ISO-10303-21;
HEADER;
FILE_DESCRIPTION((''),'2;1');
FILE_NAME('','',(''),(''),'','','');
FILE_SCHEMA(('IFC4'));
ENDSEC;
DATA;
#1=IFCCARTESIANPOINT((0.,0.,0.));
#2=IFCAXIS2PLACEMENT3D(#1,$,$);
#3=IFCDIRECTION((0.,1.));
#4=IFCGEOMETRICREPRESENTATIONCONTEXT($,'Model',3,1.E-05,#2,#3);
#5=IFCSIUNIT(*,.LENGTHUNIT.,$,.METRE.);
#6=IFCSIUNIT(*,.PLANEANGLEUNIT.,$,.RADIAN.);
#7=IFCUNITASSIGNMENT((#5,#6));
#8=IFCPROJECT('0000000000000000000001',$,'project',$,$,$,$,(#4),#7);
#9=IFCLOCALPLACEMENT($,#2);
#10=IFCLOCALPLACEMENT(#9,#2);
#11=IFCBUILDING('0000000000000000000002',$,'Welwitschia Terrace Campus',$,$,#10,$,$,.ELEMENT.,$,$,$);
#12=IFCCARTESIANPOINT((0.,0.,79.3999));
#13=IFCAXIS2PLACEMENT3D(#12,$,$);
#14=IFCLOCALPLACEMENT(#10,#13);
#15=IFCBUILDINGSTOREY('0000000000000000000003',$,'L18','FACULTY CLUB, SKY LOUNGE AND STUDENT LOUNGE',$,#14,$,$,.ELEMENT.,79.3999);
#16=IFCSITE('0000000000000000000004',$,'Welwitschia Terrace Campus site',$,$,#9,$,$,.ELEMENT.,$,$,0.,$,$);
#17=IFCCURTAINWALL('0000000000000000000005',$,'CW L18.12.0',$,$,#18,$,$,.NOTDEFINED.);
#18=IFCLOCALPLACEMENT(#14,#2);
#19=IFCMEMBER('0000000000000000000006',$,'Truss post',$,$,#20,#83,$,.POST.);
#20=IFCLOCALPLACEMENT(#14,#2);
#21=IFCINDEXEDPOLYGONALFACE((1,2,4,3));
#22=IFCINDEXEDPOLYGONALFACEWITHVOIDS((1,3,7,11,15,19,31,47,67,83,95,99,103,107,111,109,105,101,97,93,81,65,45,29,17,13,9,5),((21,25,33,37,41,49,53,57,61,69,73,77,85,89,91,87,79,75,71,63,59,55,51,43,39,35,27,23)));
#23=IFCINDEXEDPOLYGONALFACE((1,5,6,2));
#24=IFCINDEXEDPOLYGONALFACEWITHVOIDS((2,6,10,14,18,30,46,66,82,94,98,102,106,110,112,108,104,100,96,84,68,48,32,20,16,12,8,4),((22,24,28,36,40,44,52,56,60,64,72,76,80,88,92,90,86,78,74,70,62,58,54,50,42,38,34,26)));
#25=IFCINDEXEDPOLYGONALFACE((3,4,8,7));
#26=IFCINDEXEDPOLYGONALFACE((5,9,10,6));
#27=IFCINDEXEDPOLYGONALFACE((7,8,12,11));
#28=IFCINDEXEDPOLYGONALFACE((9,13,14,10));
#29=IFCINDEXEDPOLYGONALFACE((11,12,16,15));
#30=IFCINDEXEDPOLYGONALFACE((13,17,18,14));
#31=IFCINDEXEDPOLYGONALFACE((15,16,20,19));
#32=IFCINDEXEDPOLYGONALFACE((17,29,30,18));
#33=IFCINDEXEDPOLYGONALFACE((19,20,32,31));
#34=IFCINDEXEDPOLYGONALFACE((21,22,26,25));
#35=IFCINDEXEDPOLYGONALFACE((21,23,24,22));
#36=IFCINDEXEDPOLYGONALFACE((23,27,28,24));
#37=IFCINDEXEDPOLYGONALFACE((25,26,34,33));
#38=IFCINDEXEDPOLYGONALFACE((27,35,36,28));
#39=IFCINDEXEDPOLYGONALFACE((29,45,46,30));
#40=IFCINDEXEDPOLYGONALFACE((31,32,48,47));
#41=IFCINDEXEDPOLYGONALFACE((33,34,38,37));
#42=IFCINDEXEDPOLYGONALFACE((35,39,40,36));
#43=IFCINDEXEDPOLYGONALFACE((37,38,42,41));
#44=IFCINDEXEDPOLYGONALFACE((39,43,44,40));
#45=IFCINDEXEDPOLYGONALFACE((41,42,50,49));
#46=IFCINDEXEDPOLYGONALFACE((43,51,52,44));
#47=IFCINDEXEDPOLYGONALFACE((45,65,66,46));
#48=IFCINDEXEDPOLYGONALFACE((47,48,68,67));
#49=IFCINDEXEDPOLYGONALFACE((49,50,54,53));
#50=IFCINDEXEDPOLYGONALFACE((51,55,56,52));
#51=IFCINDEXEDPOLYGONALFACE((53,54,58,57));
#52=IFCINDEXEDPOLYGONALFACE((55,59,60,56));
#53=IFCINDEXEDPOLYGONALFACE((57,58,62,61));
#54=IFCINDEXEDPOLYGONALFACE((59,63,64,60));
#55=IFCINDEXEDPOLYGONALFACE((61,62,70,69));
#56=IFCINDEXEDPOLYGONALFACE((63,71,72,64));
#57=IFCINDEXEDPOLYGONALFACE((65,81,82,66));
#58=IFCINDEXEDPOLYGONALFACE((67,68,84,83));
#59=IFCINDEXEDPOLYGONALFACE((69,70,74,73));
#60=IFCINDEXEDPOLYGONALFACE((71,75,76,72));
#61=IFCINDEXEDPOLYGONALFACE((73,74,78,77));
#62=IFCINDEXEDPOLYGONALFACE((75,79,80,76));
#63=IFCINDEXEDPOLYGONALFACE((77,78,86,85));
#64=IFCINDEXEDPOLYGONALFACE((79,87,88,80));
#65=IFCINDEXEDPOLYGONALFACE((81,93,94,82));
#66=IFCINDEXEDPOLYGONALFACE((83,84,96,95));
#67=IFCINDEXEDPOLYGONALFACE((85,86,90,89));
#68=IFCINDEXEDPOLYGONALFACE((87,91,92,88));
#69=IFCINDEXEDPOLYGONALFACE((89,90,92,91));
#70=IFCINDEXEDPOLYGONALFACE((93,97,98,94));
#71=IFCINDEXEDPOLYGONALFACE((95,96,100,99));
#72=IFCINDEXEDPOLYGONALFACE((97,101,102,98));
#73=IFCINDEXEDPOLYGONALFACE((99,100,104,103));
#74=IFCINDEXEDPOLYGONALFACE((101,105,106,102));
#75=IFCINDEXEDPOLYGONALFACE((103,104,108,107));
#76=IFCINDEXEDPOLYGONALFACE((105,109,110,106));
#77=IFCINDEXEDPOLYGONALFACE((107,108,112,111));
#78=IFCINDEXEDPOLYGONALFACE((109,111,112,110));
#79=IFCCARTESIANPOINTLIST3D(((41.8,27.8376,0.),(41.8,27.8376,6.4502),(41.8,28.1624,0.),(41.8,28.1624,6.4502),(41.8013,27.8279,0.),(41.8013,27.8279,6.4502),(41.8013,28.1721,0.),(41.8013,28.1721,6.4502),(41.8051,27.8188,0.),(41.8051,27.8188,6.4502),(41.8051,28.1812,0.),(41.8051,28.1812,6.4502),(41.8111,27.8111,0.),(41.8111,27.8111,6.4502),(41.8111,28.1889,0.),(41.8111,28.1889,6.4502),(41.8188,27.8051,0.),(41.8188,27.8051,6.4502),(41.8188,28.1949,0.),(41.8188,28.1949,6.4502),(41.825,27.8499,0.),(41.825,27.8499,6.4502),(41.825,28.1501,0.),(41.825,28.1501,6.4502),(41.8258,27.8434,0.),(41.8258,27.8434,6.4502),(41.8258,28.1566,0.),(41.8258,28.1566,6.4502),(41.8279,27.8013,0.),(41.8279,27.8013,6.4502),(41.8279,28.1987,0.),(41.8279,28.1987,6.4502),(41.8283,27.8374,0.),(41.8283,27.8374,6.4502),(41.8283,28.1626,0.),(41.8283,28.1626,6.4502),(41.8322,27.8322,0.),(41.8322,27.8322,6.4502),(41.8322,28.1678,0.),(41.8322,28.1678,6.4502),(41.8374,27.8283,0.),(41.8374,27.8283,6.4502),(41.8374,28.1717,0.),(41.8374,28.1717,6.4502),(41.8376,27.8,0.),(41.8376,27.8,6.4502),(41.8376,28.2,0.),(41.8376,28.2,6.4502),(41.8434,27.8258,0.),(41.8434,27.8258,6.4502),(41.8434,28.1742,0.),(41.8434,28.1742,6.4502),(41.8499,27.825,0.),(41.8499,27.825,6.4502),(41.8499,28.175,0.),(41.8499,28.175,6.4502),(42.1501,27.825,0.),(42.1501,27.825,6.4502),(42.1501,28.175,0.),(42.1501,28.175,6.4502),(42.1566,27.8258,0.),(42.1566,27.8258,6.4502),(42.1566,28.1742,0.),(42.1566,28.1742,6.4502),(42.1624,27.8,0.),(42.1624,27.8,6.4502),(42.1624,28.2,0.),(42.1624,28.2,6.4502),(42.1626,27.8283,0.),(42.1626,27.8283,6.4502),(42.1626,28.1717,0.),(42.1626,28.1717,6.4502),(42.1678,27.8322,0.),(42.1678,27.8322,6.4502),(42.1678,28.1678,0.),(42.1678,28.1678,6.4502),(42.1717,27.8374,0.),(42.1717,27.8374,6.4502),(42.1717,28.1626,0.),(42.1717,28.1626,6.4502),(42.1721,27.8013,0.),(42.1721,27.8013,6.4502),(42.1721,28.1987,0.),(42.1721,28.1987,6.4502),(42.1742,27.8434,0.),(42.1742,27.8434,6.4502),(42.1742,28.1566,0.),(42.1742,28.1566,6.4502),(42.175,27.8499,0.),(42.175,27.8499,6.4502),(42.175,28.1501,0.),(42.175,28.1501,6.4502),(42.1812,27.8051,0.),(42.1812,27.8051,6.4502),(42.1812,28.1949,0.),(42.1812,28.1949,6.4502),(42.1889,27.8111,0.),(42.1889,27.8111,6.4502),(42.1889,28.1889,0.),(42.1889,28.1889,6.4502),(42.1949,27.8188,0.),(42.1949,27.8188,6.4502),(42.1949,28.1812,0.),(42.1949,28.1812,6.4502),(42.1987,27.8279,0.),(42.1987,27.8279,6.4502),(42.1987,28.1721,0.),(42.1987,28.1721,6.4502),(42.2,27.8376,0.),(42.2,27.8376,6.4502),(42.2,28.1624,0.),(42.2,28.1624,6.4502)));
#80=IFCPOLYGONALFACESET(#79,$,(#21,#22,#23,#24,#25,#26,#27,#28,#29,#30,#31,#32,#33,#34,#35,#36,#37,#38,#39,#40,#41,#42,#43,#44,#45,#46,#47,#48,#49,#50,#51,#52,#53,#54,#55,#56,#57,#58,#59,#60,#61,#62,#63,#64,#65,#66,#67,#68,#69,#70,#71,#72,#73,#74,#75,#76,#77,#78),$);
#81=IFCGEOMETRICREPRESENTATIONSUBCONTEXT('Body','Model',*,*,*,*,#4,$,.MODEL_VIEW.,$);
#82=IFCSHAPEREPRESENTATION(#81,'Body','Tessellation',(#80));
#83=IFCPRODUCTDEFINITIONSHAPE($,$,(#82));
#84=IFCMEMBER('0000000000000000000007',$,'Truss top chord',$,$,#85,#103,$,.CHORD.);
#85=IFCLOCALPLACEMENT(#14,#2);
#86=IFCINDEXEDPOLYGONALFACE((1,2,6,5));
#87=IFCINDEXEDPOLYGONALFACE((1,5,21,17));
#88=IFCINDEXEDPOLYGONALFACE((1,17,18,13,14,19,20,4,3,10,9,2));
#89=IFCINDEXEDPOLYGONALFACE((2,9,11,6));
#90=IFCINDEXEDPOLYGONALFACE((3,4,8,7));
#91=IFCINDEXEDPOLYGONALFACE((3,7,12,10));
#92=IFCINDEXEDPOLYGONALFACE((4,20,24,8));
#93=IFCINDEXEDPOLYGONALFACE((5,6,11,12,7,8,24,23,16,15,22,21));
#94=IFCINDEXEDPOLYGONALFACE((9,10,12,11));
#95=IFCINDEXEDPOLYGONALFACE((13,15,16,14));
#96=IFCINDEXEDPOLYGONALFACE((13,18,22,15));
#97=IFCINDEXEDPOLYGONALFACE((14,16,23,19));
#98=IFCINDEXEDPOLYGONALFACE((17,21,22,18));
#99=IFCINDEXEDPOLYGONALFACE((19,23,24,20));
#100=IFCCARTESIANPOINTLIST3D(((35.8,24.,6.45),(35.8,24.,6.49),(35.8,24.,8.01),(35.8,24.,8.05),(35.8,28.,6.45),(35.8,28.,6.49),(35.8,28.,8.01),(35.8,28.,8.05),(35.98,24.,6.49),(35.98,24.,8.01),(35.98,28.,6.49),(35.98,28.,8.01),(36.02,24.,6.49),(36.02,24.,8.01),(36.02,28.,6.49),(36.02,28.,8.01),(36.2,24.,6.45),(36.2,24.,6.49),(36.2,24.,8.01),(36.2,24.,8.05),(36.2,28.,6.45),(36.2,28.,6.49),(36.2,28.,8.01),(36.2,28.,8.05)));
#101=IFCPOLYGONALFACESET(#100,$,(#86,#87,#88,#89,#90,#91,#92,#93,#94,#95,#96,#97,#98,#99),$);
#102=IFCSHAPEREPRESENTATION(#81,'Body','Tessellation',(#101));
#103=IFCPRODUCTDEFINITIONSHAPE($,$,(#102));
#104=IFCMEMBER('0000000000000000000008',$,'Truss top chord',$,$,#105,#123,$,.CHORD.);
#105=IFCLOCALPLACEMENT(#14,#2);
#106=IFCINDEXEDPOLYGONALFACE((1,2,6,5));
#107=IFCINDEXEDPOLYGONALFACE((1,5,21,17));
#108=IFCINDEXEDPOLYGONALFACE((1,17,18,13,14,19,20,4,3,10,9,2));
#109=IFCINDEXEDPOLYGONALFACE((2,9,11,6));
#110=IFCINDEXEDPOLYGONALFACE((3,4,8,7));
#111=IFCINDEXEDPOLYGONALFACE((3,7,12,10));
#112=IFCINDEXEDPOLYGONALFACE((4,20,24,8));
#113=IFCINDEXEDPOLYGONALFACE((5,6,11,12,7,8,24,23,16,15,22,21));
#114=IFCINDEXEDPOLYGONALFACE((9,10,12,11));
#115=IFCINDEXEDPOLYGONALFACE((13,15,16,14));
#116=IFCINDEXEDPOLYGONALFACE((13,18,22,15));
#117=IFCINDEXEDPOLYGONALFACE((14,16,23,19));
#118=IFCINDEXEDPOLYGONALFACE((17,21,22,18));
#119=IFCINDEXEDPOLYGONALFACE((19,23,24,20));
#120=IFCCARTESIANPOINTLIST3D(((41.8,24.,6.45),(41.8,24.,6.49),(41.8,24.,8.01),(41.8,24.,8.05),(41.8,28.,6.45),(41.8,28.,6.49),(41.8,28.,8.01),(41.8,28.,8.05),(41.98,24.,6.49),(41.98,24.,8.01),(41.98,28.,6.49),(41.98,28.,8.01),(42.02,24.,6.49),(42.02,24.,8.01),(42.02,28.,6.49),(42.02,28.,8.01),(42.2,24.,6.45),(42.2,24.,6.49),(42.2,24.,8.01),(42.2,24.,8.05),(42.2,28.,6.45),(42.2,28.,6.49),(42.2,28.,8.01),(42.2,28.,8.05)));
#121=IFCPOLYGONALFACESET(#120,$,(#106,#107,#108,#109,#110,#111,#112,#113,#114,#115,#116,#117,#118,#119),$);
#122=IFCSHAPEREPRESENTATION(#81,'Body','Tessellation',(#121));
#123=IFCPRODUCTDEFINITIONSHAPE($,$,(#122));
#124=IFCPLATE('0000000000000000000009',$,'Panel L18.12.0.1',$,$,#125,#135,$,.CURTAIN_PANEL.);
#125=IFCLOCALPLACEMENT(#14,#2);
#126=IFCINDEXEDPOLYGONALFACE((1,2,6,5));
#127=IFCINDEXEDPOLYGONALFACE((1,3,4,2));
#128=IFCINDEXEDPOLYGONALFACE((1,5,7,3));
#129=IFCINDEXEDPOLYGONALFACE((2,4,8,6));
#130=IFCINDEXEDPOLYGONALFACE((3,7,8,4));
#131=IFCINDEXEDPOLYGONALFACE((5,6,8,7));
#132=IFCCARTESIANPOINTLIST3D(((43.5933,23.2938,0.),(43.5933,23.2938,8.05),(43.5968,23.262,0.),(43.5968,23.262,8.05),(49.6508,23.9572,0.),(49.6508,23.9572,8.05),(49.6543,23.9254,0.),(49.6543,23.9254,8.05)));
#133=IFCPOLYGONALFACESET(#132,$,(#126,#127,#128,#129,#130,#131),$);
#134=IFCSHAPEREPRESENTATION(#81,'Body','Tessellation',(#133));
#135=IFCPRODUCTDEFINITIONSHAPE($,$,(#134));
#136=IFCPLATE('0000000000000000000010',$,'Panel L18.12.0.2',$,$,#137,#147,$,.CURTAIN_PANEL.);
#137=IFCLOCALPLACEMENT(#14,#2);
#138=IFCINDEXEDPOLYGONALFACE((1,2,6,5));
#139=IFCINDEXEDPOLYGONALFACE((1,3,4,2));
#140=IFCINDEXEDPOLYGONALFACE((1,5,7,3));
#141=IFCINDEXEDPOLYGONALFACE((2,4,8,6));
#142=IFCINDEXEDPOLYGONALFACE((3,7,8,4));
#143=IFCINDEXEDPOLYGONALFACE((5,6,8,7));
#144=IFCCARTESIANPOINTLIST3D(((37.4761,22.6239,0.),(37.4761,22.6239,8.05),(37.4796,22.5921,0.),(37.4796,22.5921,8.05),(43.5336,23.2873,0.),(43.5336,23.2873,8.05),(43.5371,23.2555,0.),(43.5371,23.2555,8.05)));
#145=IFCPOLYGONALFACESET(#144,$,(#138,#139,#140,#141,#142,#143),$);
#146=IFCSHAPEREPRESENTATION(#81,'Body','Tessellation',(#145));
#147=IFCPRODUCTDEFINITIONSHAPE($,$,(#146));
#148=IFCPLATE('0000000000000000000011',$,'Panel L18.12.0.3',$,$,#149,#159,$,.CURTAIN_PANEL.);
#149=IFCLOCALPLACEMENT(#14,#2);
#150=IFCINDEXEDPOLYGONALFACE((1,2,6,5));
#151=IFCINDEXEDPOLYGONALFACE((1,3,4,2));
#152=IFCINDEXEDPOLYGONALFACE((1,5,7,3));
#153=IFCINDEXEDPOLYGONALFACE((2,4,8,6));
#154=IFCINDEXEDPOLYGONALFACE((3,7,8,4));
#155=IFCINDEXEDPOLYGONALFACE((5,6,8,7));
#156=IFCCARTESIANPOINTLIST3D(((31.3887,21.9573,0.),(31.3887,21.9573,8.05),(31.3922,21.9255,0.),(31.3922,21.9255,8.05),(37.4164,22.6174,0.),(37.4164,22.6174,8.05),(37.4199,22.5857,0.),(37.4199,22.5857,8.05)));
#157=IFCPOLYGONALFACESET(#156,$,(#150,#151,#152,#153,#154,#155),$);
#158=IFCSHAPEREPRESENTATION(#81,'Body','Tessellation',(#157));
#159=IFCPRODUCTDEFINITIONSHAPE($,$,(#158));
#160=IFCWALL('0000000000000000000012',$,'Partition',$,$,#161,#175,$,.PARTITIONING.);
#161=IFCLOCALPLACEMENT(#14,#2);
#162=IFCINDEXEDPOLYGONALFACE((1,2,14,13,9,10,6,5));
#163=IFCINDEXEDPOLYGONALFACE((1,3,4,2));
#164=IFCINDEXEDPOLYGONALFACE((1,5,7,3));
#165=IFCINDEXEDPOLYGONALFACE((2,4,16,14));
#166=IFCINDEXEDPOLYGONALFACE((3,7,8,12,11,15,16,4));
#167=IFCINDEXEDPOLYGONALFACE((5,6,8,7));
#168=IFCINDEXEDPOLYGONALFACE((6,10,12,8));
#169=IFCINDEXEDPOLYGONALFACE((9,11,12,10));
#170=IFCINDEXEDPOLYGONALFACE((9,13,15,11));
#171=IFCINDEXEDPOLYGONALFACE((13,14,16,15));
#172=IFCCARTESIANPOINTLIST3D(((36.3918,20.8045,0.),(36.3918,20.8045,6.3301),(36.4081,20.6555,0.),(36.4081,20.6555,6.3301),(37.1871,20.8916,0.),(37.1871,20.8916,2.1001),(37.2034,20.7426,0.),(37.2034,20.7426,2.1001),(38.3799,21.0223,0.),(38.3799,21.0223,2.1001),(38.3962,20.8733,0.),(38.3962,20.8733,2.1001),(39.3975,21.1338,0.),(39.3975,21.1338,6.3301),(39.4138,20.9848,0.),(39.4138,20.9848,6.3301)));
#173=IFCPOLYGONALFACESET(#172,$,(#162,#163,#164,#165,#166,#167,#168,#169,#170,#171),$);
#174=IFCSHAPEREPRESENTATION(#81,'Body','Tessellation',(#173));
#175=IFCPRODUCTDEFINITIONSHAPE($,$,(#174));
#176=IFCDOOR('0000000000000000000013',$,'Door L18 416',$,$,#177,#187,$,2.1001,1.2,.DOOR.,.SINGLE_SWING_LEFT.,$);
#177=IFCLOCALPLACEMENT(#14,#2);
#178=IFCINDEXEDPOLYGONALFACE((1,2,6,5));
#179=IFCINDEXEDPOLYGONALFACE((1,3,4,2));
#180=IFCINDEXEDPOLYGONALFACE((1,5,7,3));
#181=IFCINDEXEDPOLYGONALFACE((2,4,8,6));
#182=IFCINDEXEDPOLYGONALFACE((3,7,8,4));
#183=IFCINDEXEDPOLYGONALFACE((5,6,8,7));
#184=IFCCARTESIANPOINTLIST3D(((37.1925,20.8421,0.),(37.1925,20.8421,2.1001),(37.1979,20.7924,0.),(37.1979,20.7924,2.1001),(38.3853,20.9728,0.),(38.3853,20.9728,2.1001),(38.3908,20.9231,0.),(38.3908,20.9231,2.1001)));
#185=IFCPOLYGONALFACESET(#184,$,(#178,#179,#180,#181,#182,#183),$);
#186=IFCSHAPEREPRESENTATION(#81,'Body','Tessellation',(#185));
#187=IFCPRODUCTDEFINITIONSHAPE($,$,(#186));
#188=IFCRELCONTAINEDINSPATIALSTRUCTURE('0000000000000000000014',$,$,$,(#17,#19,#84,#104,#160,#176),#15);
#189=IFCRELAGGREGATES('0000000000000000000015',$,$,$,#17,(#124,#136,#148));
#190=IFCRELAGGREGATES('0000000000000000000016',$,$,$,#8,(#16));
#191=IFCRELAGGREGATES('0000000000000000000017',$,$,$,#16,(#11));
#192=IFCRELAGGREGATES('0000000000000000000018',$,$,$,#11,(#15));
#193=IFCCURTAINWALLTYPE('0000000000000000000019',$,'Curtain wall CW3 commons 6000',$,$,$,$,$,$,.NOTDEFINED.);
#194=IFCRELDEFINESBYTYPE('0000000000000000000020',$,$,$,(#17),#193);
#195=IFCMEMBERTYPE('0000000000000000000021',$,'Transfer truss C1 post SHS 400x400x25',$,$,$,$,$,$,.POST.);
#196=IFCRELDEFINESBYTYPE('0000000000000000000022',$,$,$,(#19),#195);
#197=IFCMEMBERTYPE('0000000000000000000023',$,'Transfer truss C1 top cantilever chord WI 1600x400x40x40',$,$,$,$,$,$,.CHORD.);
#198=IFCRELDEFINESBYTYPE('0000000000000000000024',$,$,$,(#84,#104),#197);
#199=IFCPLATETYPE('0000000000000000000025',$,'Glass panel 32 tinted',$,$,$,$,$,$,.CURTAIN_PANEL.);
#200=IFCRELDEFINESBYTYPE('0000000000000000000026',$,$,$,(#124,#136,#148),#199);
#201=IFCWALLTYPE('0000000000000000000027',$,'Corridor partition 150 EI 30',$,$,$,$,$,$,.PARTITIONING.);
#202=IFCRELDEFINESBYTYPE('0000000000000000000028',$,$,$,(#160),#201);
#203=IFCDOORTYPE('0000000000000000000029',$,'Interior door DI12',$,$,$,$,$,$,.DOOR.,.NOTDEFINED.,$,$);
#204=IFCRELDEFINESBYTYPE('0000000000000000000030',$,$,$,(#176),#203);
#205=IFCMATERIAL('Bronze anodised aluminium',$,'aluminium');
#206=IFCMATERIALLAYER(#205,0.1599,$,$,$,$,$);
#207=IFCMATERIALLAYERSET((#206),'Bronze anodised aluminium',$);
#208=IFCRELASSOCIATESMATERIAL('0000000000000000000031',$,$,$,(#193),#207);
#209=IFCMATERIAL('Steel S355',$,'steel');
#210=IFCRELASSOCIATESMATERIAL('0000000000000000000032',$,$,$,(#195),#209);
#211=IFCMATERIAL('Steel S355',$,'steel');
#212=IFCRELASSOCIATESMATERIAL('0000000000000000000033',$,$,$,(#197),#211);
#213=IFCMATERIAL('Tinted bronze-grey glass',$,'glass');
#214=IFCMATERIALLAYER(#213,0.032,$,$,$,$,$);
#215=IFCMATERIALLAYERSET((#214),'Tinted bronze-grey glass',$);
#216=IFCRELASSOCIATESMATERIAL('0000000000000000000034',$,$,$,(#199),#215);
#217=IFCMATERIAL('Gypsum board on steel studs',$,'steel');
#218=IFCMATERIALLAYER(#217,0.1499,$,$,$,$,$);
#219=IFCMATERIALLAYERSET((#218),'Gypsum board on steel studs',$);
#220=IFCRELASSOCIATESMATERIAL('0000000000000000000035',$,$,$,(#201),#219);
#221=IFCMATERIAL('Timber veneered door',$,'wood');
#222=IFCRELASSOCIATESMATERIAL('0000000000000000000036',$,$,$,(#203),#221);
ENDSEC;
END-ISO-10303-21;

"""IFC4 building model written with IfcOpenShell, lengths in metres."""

from ifc_helpers import new_model, si_unit, direction, frame, frame_2d, origin, origin_2d, place, context, subcontext, project, spatial, rectangle, hollow_rectangle, i_section, extrude, material, layer, layer_set, material_profile, profile_set, type_object, element, fill, aggregate, save


model = new_model("IFC4")

# Units and contexts
model_context = context("Model", 3, precision=1e-05, world=origin(), true_north=direction((0.0, 1.0)))
body_context = subcontext(model_context, "Body", "Model", "MODEL_VIEW")
ifc_project = project(units=[si_unit("LENGTHUNIT", "METRE"), si_unit("PLANEANGLEUNIT", "RADIAN")], contexts=[model_context])

# Site, building, storey
site_placement = place(None, origin())
site = spatial("IfcSite", under=ifc_project, at=site_placement, Name="Welwitschia Terrace Campus site", CompositionType="ELEMENT", RefElevation=0.0)
building_placement = place(site_placement, origin())
building = spatial("IfcBuilding", under=site, at=building_placement, Name="Welwitschia Terrace Campus", CompositionType="ELEMENT")
storey_placement = place(building_placement, frame((0.0, 0.0, 79.3999)))
storey = spatial("IfcBuildingStorey", under=building, at=storey_placement, Name="L18", Description="FACULTY CLUB, SKY LOUNGE AND STUDENT LOUNGE", CompositionType="ELEMENT", Elevation=79.3999)

# Curtain wall
ifc_material_1 = material(Name="Bronze anodised aluminium", Category="aluminium")
ifc_layer_1 = layer(ifc_material_1, 0.1599)
ifc_layer_set_1 = layer_set([ifc_layer_1], Name="Bronze anodised aluminium")
curtain_wall_type = type_object("IfcCurtainWallType", Name="Curtain wall CW3 commons 6000", PredefinedType="NOTDEFINED", material=ifc_layer_set_1)
curtain_wall_placement = place(storey_placement, origin())
curtain_wall = element("IfcCurtainWall", 1, at=curtain_wall_placement, inside=storey, type_object=curtain_wall_type, Name="CW L18.12.0", PredefinedType="NOTDEFINED")

# Members
ifc_material_2 = material(Name="Steel S355", Category="steel")
ifc_material_profile_1 = material_profile(ifc_material_2, hollow_rectangle(XDim=0.3999, YDim=0.3999, WallThickness=0.0249, InnerFilletRadius=0.0249, OuterFilletRadius=0.0376, at=origin_2d()))
ifc_profile_set_1 = profile_set([ifc_material_profile_1], Name="Steel S355")
member_type_1 = type_object("IfcMemberType", Name="Transfer truss C1 post SHS 400x400x25", PredefinedType="POST", material=ifc_profile_set_1)
for number, where, z_axis, x_axis, name in (
    (2, (42.0, 28.0, 0.0), (0.0, 0.0, 1.0), (1.0, 0.0, 0.0), "Truss post"),
):
    element("IfcMember", number, at=place(storey_placement, frame(where, z_axis=z_axis, x_axis=x_axis)), inside=storey, type_object=member_type_1, Name=name, PredefinedType="POST", context=body_context, shape_type="SweptSolid", body=[
        extrude(hollow_rectangle(XDim=0.3999, YDim=0.3999, WallThickness=0.0249, InnerFilletRadius=0.0249, OuterFilletRadius=0.0376, at=origin_2d()), origin(), (0.0, 0.0, 1.0), 6.4502),
    ])
ifc_material_3 = material(Name="Steel S355", Category="steel")
ifc_material_profile_2 = material_profile(ifc_material_3, i_section(OverallWidth=0.3999, OverallDepth=1.6001, WebThickness=0.04, FlangeThickness=0.04, at=origin_2d()))
ifc_profile_set_2 = profile_set([ifc_material_profile_2], Name="Steel S355")
member_type_2 = type_object("IfcMemberType", Name="Transfer truss C1 top cantilever chord WI 1600x400x40x40", PredefinedType="CHORD", material=ifc_profile_set_2)
for number, where, z_axis, x_axis, name in (
    (3, (36.0, 24.0, 7.25), (0.0, 1.0, 0.0), (-1.0, 0.0, 0.0), "Truss top chord"),
    (4, (42.0, 24.0, 7.25), (0.0, 1.0, 0.0), (-1.0, 0.0, 0.0), "Truss top chord"),
):
    element("IfcMember", number, at=place(storey_placement, frame(where, z_axis=z_axis, x_axis=x_axis)), inside=storey, type_object=member_type_2, Name=name, PredefinedType="CHORD", context=body_context, shape_type="SweptSolid", body=[
        extrude(i_section(OverallWidth=0.3999, OverallDepth=1.6001, WebThickness=0.04, FlangeThickness=0.04, at=origin_2d()), origin(), (0.0, 0.0, 1.0), 4.0),
    ])

# Plates
ifc_material_4 = material(Name="Tinted bronze-grey glass", Category="glass")
ifc_layer_2 = layer(ifc_material_4, 0.032)
ifc_layer_set_2 = layer_set([ifc_layer_2], Name="Tinted bronze-grey glass")
plate_type = type_object("IfcPlateType", Name="Glass panel 32 tinted", PredefinedType="CURTAIN_PANEL", material=ifc_layer_set_2)
plate_1_placement = place(storey_placement, frame((46.6238, 23.6096, 0.0), z_axis=(0.0, 0.0, 1.0), x_axis=(-0.994056, -0.108867, 0.0)))
plate_1 = element("IfcPlate", 5, at=plate_1_placement, type_object=plate_type, Name="Panel L18.12.0.1", PredefinedType="CURTAIN_PANEL", context=body_context, shape_type="SweptSolid", body=[
    extrude(rectangle(XDim=6.0938, YDim=0.032, at=origin_2d()), origin(), (0.0, 0.0, 1.0), 8.05),
])
plate_2_placement = place(storey_placement, frame((40.5066, 22.9397, 0.0), z_axis=(0.0, 0.0, 1.0), x_axis=(-0.994056, -0.108867, 0.0)))
plate_2 = element("IfcPlate", 6, at=plate_2_placement, type_object=plate_type, Name="Panel L18.12.0.2", PredefinedType="CURTAIN_PANEL", context=body_context, shape_type="SweptSolid", body=[
    extrude(rectangle(XDim=6.0938, YDim=0.032, at=origin_2d()), origin(), (0.0, 0.0, 1.0), 8.05),
])
plate_3_placement = place(storey_placement, frame((34.4043, 22.2715, 0.0), z_axis=(0.0, 0.0, 1.0), x_axis=(-0.994056, -0.108867, 0.0)))
plate_3 = element("IfcPlate", 7, at=plate_3_placement, type_object=plate_type, Name="Panel L18.12.0.3", PredefinedType="CURTAIN_PANEL", context=body_context, shape_type="SweptSolid", body=[
    extrude(rectangle(XDim=6.0637, YDim=0.032, at=origin_2d()), origin(), (0.0, 0.0, 1.0), 8.05),
])
aggregate(curtain_wall, [plate_1, plate_2, plate_3])

# Wall, opening, door
ifc_material_5 = material(Name="Gypsum board on steel studs", Category="steel")
ifc_layer_3 = layer(ifc_material_5, 0.1499)
ifc_layer_set_3 = layer_set([ifc_layer_3], Name="Gypsum board on steel studs")
wall_type = type_object("IfcWallType", Name="Corridor partition 150 EI 30", PredefinedType="PARTITIONING", material=ifc_layer_set_3)
wall_1_placement = place(storey_placement, frame((39.4055, 21.0593, 0.0), z_axis=(0.0, 0.0, 1.0), x_axis=(-0.99405, -0.108925, 0.0)))
wall_1 = element("IfcWall", 8, at=wall_1_placement, inside=storey, type_object=wall_type, Name="Partition", PredefinedType="PARTITIONING", context=body_context, shape_type="SweptSolid", body=[
    extrude(rectangle(XDim=3.0237, YDim=0.1499, at=frame_2d((1.5117, 0.0))), origin(), (0.0, 0.0, 1.0), 6.3301),
])
opening_1_placement = place(wall_1_placement, frame((1.0234, 0.0, 0.0)))
opening_1 = element("IfcOpeningElement", 9, at=opening_1_placement, cuts=wall_1, PredefinedType="OPENING", context=body_context, shape_type="SweptSolid", body=[
    extrude(rectangle(XDim=1.2, YDim=2.1001, at=frame_2d((0.6001, 1.05))), frame((0.0, 0.085, 0.0), z_axis=(0.0, -1.0, 0.0), x_axis=(1.0, 0.0, 0.0)), (0.0, 0.0, 1.0), 0.1699),
])
ifc_material_6 = material(Name="Timber veneered door", Category="wood")
door_type = type_object("IfcDoorType", Name="Interior door DI12", OperationType="NOTDEFINED", PredefinedType="DOOR", material=ifc_material_6)
door_1_placement = place(opening_1_placement, origin())
door_1 = element("IfcDoor", 10, at=door_1_placement, inside=storey, type_object=door_type, Name="Door L18 416", OperationType="SINGLE_SWING_LEFT", OverallHeight=2.1001, OverallWidth=1.2, PredefinedType="DOOR", context=body_context, shape_type="SweptSolid", body=[
    extrude(rectangle(XDim=1.2, YDim=2.1001, at=frame_2d((0.6001, 1.05))), frame((0.0, 0.0249, 0.0), z_axis=(0.0, -1.0, 0.0), x_axis=(1.0, 0.0, 0.0)), (0.0, 0.0, 1.0), 0.05),
])
fill(opening_1, door_1)

save(model, "model.ifc")
